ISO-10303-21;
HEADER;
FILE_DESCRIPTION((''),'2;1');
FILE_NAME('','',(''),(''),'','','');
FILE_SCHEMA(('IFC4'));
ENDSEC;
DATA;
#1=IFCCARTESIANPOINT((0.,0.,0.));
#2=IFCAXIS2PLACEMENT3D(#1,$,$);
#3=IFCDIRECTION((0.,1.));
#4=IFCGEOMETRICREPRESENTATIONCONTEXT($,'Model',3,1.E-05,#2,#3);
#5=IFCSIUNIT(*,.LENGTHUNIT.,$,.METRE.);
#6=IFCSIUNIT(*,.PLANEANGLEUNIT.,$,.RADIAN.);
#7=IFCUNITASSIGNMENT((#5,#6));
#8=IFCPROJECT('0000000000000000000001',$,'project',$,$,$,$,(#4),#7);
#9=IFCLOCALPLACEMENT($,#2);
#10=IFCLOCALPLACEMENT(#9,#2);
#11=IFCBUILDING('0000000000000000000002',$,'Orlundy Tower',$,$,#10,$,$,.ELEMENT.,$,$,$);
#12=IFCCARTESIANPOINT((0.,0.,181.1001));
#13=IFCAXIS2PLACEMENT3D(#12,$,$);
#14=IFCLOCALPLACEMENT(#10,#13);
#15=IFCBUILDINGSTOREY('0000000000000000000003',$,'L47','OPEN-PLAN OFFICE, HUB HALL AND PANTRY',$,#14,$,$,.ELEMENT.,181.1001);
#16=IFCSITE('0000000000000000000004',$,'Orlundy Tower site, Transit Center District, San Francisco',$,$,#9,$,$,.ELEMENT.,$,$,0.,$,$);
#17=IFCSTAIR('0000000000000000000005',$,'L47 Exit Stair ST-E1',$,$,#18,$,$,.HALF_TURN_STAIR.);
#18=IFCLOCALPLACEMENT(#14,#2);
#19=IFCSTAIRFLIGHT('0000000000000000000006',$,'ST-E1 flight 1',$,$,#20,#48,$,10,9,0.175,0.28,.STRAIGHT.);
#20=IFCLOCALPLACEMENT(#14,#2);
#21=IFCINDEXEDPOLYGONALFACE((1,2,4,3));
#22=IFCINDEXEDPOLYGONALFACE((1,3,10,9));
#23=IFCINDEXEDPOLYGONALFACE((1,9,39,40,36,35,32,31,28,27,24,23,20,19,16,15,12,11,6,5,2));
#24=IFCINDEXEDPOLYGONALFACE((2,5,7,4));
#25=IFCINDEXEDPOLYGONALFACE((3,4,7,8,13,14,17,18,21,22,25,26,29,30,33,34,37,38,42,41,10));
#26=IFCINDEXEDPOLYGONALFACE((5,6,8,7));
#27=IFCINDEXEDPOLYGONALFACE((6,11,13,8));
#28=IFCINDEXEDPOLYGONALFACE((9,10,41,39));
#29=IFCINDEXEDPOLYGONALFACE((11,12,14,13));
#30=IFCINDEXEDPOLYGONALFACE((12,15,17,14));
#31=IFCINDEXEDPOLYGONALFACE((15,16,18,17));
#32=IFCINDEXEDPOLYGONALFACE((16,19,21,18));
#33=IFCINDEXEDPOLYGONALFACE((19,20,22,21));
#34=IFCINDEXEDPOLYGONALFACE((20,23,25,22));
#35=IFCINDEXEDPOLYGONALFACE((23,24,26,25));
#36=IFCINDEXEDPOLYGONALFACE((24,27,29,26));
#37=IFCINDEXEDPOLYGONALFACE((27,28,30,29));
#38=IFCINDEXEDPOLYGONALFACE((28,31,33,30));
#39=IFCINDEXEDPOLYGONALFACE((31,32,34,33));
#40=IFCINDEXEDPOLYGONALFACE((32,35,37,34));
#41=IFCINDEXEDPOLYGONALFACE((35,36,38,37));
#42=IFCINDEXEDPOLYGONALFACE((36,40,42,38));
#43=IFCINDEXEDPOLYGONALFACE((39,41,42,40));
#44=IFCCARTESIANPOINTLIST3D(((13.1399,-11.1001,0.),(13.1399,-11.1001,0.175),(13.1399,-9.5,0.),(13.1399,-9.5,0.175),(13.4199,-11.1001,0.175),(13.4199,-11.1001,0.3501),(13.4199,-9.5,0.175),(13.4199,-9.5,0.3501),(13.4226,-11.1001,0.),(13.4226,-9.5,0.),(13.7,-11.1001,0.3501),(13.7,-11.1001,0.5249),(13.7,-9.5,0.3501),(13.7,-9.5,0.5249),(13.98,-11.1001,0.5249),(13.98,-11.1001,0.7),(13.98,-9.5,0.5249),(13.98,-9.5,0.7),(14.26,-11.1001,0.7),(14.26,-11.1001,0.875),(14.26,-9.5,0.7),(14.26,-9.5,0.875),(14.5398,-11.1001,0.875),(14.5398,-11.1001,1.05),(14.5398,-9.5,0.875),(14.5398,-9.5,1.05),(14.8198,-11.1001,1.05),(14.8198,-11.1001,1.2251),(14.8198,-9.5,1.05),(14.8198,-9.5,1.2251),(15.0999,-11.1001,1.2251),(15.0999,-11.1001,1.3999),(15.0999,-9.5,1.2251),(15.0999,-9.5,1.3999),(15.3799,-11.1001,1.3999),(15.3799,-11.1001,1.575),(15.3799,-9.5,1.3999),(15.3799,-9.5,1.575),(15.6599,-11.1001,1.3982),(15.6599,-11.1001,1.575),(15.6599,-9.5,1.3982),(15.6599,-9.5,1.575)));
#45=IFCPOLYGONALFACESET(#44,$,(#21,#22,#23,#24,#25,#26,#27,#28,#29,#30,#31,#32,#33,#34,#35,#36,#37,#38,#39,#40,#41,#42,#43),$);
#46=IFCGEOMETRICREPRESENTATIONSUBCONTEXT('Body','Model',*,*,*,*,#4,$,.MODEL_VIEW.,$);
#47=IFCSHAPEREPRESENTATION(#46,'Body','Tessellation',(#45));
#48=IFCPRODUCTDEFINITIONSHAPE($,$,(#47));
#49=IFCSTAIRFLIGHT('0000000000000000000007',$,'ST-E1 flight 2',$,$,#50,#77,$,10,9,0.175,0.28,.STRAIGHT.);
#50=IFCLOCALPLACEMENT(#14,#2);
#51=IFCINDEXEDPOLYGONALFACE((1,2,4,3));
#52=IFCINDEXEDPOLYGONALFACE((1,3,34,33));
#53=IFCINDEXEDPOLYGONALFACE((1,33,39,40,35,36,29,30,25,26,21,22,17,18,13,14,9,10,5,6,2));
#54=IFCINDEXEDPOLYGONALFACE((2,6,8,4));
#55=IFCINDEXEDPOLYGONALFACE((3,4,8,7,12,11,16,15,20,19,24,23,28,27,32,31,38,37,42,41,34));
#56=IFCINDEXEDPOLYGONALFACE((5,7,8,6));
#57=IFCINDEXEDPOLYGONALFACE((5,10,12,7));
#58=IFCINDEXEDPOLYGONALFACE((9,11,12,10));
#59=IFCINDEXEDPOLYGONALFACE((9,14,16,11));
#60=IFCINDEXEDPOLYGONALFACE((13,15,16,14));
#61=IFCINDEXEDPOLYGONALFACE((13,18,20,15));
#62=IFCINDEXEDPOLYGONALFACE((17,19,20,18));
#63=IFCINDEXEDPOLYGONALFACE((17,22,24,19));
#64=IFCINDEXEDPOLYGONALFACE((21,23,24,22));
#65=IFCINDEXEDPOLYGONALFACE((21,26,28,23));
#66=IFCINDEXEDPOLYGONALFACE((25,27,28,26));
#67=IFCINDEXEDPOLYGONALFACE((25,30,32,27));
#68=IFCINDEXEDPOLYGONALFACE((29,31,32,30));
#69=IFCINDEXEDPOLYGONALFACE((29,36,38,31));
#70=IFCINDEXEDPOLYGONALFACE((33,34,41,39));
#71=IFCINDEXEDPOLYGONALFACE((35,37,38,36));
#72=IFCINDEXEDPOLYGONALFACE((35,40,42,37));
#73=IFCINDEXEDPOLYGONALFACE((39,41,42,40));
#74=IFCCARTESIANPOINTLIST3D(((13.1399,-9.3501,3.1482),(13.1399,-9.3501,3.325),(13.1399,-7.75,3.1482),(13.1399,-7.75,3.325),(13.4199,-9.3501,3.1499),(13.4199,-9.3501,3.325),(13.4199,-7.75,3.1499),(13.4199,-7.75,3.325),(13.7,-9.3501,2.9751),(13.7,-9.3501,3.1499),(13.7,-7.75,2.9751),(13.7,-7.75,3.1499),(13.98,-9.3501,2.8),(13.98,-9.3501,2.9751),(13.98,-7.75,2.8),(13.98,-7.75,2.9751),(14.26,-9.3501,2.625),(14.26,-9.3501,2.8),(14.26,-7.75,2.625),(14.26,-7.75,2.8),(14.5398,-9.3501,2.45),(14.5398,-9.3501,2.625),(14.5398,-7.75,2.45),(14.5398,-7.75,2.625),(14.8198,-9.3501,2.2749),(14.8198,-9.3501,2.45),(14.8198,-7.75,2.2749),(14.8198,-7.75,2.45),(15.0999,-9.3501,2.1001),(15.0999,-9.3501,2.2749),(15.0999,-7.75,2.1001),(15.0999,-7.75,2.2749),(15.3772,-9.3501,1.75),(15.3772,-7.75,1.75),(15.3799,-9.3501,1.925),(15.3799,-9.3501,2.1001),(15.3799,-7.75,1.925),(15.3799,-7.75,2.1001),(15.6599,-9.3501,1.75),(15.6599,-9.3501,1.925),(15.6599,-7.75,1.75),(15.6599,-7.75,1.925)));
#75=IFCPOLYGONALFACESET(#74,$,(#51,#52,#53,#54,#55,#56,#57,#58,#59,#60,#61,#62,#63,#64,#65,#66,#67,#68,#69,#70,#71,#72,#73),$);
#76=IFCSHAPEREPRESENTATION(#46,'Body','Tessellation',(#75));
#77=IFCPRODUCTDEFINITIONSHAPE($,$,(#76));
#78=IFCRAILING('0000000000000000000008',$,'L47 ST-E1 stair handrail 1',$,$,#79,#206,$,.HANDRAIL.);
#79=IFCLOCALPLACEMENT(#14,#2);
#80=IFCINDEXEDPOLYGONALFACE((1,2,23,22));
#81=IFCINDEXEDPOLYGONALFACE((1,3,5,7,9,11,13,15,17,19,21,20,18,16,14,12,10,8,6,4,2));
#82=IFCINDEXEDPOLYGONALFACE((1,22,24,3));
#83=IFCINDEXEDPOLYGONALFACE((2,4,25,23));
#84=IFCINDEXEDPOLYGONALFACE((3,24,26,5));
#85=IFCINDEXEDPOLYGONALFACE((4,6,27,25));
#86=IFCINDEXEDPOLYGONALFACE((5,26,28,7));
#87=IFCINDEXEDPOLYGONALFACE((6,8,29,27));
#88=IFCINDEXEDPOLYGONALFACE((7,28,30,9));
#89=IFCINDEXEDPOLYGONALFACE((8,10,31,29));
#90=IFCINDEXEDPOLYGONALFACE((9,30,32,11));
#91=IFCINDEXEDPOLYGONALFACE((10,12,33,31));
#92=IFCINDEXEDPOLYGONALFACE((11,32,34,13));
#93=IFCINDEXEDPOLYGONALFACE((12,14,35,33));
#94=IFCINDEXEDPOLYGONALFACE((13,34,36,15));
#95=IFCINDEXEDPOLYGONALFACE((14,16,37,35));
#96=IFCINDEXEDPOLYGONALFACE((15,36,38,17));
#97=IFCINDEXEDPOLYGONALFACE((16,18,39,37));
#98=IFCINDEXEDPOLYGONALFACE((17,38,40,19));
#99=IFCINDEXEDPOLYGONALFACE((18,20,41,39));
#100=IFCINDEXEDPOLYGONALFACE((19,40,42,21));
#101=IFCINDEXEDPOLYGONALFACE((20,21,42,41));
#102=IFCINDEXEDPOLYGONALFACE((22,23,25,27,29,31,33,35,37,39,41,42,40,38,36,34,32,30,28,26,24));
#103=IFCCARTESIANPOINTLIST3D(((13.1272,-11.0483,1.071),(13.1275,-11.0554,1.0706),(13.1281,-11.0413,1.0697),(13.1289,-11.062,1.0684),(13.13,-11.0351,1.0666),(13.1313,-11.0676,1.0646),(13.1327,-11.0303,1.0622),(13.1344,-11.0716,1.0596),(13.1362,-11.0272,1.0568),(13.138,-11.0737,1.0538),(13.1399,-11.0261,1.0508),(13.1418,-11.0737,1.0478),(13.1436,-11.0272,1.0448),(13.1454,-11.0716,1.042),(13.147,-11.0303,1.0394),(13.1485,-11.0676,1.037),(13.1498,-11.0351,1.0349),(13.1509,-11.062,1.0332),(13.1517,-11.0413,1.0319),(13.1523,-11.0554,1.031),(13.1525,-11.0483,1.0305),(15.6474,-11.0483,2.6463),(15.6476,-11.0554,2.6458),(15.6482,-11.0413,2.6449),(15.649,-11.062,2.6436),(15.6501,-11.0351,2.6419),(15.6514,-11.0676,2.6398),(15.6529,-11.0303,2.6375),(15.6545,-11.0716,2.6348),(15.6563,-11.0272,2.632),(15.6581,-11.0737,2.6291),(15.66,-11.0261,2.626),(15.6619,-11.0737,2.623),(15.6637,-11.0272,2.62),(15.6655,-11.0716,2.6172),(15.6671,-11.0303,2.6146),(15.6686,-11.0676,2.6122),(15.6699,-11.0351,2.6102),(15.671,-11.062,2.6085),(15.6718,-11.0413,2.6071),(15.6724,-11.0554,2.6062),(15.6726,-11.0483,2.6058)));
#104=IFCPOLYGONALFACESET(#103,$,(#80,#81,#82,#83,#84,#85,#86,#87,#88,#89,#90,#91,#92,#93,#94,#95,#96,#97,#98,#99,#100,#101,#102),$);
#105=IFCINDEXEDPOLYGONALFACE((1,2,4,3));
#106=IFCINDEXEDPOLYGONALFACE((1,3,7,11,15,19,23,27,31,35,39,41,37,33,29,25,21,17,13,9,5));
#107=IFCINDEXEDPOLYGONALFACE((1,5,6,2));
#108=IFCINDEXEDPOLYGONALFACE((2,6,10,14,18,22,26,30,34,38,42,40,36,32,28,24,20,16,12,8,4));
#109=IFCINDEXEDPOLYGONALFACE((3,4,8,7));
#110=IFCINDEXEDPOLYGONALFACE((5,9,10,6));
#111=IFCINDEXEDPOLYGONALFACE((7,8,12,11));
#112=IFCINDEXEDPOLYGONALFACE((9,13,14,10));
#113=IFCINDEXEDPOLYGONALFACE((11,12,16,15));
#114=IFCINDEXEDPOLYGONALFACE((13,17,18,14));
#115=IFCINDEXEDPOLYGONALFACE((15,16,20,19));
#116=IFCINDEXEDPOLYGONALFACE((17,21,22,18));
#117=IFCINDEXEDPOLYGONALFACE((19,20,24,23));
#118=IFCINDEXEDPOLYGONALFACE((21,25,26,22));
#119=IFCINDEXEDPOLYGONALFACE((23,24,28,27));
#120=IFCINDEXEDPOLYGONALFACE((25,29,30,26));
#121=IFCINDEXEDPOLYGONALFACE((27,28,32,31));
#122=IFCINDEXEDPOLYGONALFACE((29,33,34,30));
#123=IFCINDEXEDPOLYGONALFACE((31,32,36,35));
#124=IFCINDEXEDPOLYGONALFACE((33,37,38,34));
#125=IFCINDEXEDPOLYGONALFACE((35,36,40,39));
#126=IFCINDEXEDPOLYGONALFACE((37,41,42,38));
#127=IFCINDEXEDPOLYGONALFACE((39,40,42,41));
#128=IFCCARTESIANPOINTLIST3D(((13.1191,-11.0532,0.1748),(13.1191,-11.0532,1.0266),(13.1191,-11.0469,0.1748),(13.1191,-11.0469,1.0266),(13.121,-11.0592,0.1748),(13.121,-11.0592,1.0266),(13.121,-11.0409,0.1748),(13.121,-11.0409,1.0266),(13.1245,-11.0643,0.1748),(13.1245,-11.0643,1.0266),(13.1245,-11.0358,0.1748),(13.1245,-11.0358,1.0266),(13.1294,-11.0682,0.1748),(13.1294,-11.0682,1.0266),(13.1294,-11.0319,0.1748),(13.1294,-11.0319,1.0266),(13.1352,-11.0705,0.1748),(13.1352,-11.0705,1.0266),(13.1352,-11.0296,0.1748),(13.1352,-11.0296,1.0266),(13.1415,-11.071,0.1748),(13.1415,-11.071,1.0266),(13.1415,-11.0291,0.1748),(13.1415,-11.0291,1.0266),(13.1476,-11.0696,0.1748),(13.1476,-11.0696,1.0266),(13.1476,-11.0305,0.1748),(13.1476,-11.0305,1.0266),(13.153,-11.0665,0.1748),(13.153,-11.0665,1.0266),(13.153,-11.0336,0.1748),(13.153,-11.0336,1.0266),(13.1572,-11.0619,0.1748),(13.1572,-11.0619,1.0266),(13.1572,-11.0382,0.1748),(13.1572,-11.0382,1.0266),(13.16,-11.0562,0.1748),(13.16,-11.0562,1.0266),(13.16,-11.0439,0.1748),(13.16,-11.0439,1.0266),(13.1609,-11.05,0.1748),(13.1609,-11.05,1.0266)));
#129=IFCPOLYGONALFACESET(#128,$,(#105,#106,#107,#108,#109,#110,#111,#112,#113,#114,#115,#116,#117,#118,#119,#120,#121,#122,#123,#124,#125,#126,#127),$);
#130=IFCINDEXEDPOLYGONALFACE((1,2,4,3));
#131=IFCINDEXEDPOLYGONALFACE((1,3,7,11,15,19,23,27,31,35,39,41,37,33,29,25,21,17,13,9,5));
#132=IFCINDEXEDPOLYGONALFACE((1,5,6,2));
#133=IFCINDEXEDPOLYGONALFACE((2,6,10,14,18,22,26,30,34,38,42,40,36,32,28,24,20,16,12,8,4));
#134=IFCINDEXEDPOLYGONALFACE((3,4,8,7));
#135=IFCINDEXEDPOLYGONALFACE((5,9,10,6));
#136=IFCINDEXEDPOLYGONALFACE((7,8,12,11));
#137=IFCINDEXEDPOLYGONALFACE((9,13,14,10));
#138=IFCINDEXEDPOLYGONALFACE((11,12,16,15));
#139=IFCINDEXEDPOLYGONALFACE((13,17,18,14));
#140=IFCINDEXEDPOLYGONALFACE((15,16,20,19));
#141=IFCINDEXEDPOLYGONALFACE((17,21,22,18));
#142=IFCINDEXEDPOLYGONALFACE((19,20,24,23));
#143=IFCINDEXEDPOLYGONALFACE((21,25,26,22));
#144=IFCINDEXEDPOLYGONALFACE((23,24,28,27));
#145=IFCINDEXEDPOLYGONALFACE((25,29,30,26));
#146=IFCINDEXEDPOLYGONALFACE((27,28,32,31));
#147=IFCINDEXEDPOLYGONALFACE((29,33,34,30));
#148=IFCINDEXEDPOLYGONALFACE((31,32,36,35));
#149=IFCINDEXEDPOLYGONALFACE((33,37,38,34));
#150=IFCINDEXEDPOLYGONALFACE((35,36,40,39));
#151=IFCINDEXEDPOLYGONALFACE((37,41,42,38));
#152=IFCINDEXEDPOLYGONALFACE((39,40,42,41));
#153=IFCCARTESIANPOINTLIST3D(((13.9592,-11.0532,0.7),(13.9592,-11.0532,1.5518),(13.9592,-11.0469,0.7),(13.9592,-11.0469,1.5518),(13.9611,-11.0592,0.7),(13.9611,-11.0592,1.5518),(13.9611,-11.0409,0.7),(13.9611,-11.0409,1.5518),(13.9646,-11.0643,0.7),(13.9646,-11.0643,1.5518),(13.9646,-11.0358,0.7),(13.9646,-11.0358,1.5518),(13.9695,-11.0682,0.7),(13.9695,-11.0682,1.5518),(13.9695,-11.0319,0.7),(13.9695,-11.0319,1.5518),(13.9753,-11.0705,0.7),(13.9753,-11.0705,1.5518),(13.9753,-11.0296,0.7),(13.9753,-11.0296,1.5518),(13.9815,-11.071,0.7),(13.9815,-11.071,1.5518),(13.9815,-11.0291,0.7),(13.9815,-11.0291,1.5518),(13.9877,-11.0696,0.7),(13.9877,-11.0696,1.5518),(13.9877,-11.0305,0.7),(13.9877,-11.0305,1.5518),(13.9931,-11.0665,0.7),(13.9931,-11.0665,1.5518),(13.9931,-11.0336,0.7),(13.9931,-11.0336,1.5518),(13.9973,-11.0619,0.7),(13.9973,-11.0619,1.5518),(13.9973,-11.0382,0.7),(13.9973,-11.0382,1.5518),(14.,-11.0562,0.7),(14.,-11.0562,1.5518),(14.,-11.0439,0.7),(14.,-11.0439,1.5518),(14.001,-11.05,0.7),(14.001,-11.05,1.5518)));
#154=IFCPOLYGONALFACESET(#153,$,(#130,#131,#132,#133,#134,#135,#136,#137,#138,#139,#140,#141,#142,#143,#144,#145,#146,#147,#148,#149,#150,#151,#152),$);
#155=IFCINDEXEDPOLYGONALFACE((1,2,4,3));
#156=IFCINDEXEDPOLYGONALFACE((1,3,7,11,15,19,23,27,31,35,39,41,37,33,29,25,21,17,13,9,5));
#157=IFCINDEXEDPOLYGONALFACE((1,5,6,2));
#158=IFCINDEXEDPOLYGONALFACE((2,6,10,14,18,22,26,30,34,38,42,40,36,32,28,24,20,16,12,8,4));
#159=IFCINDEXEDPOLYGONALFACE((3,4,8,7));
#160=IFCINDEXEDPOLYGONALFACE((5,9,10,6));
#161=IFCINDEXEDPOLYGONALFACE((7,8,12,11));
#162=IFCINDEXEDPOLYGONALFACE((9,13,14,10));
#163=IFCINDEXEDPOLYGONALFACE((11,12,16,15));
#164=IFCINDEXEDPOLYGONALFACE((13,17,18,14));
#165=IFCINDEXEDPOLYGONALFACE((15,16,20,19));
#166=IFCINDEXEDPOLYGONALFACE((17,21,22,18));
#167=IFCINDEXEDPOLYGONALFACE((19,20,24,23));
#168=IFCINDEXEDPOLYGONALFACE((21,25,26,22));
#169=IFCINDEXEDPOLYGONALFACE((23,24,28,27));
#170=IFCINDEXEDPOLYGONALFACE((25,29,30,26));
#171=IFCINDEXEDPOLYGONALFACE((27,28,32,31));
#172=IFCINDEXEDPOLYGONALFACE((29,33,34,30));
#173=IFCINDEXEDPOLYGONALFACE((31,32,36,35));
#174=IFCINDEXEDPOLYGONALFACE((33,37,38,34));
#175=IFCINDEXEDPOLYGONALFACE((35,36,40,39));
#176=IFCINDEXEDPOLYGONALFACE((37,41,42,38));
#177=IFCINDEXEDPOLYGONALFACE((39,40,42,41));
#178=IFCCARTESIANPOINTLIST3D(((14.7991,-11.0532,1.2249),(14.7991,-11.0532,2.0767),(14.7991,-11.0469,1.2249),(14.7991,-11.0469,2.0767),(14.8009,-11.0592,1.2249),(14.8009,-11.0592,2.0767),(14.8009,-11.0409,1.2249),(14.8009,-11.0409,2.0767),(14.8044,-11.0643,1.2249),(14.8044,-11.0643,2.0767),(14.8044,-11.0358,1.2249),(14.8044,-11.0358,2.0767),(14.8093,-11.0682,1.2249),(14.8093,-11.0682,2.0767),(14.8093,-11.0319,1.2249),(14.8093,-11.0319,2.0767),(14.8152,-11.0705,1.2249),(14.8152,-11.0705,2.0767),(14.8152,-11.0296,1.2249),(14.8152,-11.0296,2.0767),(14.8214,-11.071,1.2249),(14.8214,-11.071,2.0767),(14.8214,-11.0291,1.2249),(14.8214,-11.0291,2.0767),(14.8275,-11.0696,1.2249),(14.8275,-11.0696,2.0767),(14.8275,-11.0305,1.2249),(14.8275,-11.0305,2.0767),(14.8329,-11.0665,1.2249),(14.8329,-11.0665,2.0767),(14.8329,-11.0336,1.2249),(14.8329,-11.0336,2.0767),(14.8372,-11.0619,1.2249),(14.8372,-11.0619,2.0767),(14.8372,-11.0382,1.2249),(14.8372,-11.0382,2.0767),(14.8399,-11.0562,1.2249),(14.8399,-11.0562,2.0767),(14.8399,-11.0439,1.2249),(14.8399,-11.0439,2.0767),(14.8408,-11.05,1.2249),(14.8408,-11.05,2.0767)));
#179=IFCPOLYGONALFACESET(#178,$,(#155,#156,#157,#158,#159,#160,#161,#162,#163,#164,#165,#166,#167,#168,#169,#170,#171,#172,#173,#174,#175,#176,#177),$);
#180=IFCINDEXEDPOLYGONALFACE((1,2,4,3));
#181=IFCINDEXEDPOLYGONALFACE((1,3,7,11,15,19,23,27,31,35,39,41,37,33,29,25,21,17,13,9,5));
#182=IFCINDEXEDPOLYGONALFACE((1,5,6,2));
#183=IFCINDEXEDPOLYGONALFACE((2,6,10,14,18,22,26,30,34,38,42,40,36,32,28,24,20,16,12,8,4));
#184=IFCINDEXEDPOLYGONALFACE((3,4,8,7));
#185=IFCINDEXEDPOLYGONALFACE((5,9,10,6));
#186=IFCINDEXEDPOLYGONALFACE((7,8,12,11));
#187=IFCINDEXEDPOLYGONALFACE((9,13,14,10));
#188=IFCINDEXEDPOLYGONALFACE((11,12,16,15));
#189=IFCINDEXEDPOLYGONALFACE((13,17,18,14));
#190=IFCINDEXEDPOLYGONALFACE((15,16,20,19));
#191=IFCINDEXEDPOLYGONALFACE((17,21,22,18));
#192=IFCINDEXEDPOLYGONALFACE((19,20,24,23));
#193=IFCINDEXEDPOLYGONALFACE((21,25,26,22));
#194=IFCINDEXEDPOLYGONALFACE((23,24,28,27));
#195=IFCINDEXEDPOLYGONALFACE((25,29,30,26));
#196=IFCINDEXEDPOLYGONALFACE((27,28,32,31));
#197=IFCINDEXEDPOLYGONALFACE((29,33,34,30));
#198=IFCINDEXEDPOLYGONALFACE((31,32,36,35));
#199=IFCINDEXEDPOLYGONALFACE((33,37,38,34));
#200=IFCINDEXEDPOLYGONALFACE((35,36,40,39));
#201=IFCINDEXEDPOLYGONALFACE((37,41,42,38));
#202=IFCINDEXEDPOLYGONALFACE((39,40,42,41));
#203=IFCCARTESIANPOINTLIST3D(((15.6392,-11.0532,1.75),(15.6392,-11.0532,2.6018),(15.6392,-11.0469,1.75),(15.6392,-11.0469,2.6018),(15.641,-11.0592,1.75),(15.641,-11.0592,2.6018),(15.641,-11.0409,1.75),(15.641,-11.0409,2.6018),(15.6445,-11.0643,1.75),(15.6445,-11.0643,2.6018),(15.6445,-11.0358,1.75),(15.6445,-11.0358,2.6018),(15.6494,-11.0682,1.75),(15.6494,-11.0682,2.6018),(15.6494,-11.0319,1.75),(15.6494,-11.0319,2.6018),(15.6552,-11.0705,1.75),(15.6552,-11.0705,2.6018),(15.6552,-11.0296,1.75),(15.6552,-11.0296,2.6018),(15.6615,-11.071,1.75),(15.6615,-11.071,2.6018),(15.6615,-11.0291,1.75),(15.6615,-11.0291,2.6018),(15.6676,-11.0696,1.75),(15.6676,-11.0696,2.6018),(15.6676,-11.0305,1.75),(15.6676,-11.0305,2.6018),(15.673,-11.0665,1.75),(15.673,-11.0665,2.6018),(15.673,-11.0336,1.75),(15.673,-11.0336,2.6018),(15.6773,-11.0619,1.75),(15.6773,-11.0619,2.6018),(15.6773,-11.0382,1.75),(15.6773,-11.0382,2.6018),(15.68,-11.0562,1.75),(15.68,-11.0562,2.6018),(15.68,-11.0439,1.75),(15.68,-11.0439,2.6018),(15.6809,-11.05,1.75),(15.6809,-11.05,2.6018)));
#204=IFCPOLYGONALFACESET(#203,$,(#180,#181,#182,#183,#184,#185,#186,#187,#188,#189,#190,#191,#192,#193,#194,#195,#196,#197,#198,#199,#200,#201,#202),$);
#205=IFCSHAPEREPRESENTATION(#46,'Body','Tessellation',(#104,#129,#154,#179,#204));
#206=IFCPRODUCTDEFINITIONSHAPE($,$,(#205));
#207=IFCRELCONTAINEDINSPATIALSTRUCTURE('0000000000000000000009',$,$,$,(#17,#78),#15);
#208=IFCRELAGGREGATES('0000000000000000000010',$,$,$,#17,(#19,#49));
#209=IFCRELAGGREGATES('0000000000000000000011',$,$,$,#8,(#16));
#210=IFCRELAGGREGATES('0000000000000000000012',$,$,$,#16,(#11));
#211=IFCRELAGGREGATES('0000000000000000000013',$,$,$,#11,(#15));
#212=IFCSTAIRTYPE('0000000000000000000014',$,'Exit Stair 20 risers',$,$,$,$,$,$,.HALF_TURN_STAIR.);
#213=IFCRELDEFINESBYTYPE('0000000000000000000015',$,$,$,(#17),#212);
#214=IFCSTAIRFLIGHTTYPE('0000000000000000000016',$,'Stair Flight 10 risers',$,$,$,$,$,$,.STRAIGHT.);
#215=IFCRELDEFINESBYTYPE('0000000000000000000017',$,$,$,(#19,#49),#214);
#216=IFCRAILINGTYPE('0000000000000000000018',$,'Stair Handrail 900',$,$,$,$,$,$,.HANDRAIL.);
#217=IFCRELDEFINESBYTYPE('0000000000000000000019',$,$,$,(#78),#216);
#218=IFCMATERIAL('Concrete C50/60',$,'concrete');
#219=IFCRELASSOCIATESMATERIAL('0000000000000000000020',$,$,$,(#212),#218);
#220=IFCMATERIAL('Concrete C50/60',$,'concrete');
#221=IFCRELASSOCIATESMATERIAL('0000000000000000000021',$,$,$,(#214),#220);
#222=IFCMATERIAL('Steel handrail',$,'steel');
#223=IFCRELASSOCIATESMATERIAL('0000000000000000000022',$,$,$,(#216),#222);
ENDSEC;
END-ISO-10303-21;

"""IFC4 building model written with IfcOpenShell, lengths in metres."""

from ifc_helpers import new_model, si_unit, direction, frame, origin, origin_2d, place, context, subcontext, project, spatial, polyline, circle, outline, extrude, material, type_object, element, aggregate, save


model = new_model("IFC4")

# Units and contexts
model_context = context("Model", 3, precision=1e-05, world=origin(), true_north=direction((0.0, 1.0)))
body_context = subcontext(model_context, "Body", "Model", "MODEL_VIEW")
ifc_project = project(units=[si_unit("LENGTHUNIT", "METRE"), si_unit("PLANEANGLEUNIT", "RADIAN")], contexts=[model_context])

# Site, building, storey
site_placement = place(None, origin())
site = spatial("IfcSite", under=ifc_project, at=site_placement, Name="Orlundy Tower site, Transit Center District, San Francisco", CompositionType="ELEMENT", RefElevation=0.0)
building_placement = place(site_placement, origin())
building = spatial("IfcBuilding", under=site, at=building_placement, Name="Orlundy Tower", CompositionType="ELEMENT")
storey_placement = place(building_placement, frame((0.0, 0.0, 181.1001)))
storey = spatial("IfcBuildingStorey", under=building, at=storey_placement, Name="L47", Description="OPEN-PLAN OFFICE, HUB HALL AND PANTRY", CompositionType="ELEMENT", Elevation=181.1001)

# Stair, stair flights
ifc_material_1 = material(Name="Concrete C50/60", Category="concrete")
stair_type = type_object("IfcStairType", Name="Exit Stair 20 risers", PredefinedType="HALF_TURN_STAIR", material=ifc_material_1)
stair_placement = place(storey_placement, origin())
stair = element("IfcStair", 1, at=stair_placement, inside=storey, type_object=stair_type, Name="L47 Exit Stair ST-E1", PredefinedType="HALF_TURN_STAIR")
ifc_material_2 = material(Name="Concrete C50/60", Category="concrete")
stair_flight_type = type_object("IfcStairFlightType", Name="Stair Flight 10 risers", PredefinedType="STRAIGHT", material=ifc_material_2)
stair_flight_1_placement = place(storey_placement, frame((13.1399, -10.3, 0.0), z_axis=(0.0, 0.0, 1.0), x_axis=(1.0, 0.0, 0.0)))
stair_flight_1 = element("IfcStairFlight", 2, at=stair_flight_1_placement, type_object=stair_flight_type, Name="ST-E1 flight 1", NumberOfRisers=10, NumberOfTreads=9, PredefinedType="STRAIGHT", RiserHeight=0.175, TreadLength=0.28, context=body_context, shape_type="SweptSolid", body=[
    extrude(outline(polyline([(0.0, 0.0), (0.0, 0.175), (0.28, 0.175), (0.28, 0.3501), (0.5601, 0.3501), (0.5601, 0.5249), (0.8401, 0.5249), (0.8401, 0.7), (1.1201, 0.7), (1.1201, 0.875), (1.3999, 0.875), (1.3999, 1.05), (1.6799, 1.05), (1.6799, 1.2251), (1.96, 1.2251), (1.96, 1.3999), (2.24, 1.3999), (2.24, 1.575), (2.52, 1.575), (2.52, 1.75), (2.52, 1.3982), (0.2827, 0.0), (0.0, 0.0)])), frame((0.0, 0.8, 0.0), z_axis=(0.0, -1.0, 0.0), x_axis=(1.0, 0.0, 0.0)), (0.0, 0.0, 1.0), 1.6001),
])
stair_flight_2_placement = place(storey_placement, frame((15.6599, -8.55, 1.75), z_axis=(0.0, 0.0, 1.0), x_axis=(-1.0, 0.0, 0.0)))
stair_flight_2 = element("IfcStairFlight", 3, at=stair_flight_2_placement, type_object=stair_flight_type, Name="ST-E1 flight 2", NumberOfRisers=10, NumberOfTreads=9, PredefinedType="STRAIGHT", RiserHeight=0.175, TreadLength=0.28, context=body_context, shape_type="SweptSolid", body=[
    extrude(outline(polyline([(0.0, 0.0), (0.0, 0.175), (0.28, 0.175), (0.28, 0.3501), (0.5601, 0.3501), (0.5601, 0.5249), (0.8401, 0.5249), (0.8401, 0.7), (1.1201, 0.7), (1.1201, 0.875), (1.3999, 0.875), (1.3999, 1.05), (1.6799, 1.05), (1.6799, 1.2251), (1.96, 1.2251), (1.96, 1.3999), (2.24, 1.3999), (2.24, 1.575), (2.52, 1.575), (2.52, 1.75), (2.52, 1.3982), (0.2827, 0.0), (0.0, 0.0)])), frame((0.0, 0.8, 0.0), z_axis=(0.0, -1.0, 0.0), x_axis=(1.0, 0.0, 0.0)), (0.0, 0.0, 1.0), 1.6001),
])
aggregate(stair, [stair_flight_1, stair_flight_2])

# Railing
ifc_material_3 = material(Name="Steel handrail", Category="steel")
railing_type_1 = type_object("IfcRailingType", Name="Stair Handrail 900", PredefinedType="HANDRAIL", material=ifc_material_3)
railing_1_placement = place(storey_placement, frame((13.1399, -11.05, 0.1748)))
element("IfcRailing", 4, at=railing_1_placement, inside=storey, type_object=railing_type_1, Name="L47 ST-E1 stair handrail 1", PredefinedType="HANDRAIL", context=body_context, shape_type="SweptSolid", body=[
    extrude(circle(Radius=0.0239, at=origin_2d()), frame((0.0, 0.0, 0.876), z_axis=(0.847971, 0.0, 0.530043), x_axis=(0.0, 1.0, 0.0)), (0.0, 0.0, 1.0), 2.9719),
    extrude(circle(Radius=0.021, at=origin_2d()), origin(), (0.0, 0.0, 1.0), 0.8518),
    extrude(circle(Radius=0.021, at=origin_2d()), frame((0.8401, 0.0, 0.5251)), (0.0, 0.0, 1.0), 0.8518),
    extrude(circle(Radius=0.021, at=origin_2d()), frame((1.6799, 0.0, 1.05)), (0.0, 0.0, 1.0), 0.8518),
    extrude(circle(Radius=0.021, at=origin_2d()), frame((2.52, 0.0, 1.5752)), (0.0, 0.0, 1.0), 0.8518),
])

save(model, "model.ifc")
